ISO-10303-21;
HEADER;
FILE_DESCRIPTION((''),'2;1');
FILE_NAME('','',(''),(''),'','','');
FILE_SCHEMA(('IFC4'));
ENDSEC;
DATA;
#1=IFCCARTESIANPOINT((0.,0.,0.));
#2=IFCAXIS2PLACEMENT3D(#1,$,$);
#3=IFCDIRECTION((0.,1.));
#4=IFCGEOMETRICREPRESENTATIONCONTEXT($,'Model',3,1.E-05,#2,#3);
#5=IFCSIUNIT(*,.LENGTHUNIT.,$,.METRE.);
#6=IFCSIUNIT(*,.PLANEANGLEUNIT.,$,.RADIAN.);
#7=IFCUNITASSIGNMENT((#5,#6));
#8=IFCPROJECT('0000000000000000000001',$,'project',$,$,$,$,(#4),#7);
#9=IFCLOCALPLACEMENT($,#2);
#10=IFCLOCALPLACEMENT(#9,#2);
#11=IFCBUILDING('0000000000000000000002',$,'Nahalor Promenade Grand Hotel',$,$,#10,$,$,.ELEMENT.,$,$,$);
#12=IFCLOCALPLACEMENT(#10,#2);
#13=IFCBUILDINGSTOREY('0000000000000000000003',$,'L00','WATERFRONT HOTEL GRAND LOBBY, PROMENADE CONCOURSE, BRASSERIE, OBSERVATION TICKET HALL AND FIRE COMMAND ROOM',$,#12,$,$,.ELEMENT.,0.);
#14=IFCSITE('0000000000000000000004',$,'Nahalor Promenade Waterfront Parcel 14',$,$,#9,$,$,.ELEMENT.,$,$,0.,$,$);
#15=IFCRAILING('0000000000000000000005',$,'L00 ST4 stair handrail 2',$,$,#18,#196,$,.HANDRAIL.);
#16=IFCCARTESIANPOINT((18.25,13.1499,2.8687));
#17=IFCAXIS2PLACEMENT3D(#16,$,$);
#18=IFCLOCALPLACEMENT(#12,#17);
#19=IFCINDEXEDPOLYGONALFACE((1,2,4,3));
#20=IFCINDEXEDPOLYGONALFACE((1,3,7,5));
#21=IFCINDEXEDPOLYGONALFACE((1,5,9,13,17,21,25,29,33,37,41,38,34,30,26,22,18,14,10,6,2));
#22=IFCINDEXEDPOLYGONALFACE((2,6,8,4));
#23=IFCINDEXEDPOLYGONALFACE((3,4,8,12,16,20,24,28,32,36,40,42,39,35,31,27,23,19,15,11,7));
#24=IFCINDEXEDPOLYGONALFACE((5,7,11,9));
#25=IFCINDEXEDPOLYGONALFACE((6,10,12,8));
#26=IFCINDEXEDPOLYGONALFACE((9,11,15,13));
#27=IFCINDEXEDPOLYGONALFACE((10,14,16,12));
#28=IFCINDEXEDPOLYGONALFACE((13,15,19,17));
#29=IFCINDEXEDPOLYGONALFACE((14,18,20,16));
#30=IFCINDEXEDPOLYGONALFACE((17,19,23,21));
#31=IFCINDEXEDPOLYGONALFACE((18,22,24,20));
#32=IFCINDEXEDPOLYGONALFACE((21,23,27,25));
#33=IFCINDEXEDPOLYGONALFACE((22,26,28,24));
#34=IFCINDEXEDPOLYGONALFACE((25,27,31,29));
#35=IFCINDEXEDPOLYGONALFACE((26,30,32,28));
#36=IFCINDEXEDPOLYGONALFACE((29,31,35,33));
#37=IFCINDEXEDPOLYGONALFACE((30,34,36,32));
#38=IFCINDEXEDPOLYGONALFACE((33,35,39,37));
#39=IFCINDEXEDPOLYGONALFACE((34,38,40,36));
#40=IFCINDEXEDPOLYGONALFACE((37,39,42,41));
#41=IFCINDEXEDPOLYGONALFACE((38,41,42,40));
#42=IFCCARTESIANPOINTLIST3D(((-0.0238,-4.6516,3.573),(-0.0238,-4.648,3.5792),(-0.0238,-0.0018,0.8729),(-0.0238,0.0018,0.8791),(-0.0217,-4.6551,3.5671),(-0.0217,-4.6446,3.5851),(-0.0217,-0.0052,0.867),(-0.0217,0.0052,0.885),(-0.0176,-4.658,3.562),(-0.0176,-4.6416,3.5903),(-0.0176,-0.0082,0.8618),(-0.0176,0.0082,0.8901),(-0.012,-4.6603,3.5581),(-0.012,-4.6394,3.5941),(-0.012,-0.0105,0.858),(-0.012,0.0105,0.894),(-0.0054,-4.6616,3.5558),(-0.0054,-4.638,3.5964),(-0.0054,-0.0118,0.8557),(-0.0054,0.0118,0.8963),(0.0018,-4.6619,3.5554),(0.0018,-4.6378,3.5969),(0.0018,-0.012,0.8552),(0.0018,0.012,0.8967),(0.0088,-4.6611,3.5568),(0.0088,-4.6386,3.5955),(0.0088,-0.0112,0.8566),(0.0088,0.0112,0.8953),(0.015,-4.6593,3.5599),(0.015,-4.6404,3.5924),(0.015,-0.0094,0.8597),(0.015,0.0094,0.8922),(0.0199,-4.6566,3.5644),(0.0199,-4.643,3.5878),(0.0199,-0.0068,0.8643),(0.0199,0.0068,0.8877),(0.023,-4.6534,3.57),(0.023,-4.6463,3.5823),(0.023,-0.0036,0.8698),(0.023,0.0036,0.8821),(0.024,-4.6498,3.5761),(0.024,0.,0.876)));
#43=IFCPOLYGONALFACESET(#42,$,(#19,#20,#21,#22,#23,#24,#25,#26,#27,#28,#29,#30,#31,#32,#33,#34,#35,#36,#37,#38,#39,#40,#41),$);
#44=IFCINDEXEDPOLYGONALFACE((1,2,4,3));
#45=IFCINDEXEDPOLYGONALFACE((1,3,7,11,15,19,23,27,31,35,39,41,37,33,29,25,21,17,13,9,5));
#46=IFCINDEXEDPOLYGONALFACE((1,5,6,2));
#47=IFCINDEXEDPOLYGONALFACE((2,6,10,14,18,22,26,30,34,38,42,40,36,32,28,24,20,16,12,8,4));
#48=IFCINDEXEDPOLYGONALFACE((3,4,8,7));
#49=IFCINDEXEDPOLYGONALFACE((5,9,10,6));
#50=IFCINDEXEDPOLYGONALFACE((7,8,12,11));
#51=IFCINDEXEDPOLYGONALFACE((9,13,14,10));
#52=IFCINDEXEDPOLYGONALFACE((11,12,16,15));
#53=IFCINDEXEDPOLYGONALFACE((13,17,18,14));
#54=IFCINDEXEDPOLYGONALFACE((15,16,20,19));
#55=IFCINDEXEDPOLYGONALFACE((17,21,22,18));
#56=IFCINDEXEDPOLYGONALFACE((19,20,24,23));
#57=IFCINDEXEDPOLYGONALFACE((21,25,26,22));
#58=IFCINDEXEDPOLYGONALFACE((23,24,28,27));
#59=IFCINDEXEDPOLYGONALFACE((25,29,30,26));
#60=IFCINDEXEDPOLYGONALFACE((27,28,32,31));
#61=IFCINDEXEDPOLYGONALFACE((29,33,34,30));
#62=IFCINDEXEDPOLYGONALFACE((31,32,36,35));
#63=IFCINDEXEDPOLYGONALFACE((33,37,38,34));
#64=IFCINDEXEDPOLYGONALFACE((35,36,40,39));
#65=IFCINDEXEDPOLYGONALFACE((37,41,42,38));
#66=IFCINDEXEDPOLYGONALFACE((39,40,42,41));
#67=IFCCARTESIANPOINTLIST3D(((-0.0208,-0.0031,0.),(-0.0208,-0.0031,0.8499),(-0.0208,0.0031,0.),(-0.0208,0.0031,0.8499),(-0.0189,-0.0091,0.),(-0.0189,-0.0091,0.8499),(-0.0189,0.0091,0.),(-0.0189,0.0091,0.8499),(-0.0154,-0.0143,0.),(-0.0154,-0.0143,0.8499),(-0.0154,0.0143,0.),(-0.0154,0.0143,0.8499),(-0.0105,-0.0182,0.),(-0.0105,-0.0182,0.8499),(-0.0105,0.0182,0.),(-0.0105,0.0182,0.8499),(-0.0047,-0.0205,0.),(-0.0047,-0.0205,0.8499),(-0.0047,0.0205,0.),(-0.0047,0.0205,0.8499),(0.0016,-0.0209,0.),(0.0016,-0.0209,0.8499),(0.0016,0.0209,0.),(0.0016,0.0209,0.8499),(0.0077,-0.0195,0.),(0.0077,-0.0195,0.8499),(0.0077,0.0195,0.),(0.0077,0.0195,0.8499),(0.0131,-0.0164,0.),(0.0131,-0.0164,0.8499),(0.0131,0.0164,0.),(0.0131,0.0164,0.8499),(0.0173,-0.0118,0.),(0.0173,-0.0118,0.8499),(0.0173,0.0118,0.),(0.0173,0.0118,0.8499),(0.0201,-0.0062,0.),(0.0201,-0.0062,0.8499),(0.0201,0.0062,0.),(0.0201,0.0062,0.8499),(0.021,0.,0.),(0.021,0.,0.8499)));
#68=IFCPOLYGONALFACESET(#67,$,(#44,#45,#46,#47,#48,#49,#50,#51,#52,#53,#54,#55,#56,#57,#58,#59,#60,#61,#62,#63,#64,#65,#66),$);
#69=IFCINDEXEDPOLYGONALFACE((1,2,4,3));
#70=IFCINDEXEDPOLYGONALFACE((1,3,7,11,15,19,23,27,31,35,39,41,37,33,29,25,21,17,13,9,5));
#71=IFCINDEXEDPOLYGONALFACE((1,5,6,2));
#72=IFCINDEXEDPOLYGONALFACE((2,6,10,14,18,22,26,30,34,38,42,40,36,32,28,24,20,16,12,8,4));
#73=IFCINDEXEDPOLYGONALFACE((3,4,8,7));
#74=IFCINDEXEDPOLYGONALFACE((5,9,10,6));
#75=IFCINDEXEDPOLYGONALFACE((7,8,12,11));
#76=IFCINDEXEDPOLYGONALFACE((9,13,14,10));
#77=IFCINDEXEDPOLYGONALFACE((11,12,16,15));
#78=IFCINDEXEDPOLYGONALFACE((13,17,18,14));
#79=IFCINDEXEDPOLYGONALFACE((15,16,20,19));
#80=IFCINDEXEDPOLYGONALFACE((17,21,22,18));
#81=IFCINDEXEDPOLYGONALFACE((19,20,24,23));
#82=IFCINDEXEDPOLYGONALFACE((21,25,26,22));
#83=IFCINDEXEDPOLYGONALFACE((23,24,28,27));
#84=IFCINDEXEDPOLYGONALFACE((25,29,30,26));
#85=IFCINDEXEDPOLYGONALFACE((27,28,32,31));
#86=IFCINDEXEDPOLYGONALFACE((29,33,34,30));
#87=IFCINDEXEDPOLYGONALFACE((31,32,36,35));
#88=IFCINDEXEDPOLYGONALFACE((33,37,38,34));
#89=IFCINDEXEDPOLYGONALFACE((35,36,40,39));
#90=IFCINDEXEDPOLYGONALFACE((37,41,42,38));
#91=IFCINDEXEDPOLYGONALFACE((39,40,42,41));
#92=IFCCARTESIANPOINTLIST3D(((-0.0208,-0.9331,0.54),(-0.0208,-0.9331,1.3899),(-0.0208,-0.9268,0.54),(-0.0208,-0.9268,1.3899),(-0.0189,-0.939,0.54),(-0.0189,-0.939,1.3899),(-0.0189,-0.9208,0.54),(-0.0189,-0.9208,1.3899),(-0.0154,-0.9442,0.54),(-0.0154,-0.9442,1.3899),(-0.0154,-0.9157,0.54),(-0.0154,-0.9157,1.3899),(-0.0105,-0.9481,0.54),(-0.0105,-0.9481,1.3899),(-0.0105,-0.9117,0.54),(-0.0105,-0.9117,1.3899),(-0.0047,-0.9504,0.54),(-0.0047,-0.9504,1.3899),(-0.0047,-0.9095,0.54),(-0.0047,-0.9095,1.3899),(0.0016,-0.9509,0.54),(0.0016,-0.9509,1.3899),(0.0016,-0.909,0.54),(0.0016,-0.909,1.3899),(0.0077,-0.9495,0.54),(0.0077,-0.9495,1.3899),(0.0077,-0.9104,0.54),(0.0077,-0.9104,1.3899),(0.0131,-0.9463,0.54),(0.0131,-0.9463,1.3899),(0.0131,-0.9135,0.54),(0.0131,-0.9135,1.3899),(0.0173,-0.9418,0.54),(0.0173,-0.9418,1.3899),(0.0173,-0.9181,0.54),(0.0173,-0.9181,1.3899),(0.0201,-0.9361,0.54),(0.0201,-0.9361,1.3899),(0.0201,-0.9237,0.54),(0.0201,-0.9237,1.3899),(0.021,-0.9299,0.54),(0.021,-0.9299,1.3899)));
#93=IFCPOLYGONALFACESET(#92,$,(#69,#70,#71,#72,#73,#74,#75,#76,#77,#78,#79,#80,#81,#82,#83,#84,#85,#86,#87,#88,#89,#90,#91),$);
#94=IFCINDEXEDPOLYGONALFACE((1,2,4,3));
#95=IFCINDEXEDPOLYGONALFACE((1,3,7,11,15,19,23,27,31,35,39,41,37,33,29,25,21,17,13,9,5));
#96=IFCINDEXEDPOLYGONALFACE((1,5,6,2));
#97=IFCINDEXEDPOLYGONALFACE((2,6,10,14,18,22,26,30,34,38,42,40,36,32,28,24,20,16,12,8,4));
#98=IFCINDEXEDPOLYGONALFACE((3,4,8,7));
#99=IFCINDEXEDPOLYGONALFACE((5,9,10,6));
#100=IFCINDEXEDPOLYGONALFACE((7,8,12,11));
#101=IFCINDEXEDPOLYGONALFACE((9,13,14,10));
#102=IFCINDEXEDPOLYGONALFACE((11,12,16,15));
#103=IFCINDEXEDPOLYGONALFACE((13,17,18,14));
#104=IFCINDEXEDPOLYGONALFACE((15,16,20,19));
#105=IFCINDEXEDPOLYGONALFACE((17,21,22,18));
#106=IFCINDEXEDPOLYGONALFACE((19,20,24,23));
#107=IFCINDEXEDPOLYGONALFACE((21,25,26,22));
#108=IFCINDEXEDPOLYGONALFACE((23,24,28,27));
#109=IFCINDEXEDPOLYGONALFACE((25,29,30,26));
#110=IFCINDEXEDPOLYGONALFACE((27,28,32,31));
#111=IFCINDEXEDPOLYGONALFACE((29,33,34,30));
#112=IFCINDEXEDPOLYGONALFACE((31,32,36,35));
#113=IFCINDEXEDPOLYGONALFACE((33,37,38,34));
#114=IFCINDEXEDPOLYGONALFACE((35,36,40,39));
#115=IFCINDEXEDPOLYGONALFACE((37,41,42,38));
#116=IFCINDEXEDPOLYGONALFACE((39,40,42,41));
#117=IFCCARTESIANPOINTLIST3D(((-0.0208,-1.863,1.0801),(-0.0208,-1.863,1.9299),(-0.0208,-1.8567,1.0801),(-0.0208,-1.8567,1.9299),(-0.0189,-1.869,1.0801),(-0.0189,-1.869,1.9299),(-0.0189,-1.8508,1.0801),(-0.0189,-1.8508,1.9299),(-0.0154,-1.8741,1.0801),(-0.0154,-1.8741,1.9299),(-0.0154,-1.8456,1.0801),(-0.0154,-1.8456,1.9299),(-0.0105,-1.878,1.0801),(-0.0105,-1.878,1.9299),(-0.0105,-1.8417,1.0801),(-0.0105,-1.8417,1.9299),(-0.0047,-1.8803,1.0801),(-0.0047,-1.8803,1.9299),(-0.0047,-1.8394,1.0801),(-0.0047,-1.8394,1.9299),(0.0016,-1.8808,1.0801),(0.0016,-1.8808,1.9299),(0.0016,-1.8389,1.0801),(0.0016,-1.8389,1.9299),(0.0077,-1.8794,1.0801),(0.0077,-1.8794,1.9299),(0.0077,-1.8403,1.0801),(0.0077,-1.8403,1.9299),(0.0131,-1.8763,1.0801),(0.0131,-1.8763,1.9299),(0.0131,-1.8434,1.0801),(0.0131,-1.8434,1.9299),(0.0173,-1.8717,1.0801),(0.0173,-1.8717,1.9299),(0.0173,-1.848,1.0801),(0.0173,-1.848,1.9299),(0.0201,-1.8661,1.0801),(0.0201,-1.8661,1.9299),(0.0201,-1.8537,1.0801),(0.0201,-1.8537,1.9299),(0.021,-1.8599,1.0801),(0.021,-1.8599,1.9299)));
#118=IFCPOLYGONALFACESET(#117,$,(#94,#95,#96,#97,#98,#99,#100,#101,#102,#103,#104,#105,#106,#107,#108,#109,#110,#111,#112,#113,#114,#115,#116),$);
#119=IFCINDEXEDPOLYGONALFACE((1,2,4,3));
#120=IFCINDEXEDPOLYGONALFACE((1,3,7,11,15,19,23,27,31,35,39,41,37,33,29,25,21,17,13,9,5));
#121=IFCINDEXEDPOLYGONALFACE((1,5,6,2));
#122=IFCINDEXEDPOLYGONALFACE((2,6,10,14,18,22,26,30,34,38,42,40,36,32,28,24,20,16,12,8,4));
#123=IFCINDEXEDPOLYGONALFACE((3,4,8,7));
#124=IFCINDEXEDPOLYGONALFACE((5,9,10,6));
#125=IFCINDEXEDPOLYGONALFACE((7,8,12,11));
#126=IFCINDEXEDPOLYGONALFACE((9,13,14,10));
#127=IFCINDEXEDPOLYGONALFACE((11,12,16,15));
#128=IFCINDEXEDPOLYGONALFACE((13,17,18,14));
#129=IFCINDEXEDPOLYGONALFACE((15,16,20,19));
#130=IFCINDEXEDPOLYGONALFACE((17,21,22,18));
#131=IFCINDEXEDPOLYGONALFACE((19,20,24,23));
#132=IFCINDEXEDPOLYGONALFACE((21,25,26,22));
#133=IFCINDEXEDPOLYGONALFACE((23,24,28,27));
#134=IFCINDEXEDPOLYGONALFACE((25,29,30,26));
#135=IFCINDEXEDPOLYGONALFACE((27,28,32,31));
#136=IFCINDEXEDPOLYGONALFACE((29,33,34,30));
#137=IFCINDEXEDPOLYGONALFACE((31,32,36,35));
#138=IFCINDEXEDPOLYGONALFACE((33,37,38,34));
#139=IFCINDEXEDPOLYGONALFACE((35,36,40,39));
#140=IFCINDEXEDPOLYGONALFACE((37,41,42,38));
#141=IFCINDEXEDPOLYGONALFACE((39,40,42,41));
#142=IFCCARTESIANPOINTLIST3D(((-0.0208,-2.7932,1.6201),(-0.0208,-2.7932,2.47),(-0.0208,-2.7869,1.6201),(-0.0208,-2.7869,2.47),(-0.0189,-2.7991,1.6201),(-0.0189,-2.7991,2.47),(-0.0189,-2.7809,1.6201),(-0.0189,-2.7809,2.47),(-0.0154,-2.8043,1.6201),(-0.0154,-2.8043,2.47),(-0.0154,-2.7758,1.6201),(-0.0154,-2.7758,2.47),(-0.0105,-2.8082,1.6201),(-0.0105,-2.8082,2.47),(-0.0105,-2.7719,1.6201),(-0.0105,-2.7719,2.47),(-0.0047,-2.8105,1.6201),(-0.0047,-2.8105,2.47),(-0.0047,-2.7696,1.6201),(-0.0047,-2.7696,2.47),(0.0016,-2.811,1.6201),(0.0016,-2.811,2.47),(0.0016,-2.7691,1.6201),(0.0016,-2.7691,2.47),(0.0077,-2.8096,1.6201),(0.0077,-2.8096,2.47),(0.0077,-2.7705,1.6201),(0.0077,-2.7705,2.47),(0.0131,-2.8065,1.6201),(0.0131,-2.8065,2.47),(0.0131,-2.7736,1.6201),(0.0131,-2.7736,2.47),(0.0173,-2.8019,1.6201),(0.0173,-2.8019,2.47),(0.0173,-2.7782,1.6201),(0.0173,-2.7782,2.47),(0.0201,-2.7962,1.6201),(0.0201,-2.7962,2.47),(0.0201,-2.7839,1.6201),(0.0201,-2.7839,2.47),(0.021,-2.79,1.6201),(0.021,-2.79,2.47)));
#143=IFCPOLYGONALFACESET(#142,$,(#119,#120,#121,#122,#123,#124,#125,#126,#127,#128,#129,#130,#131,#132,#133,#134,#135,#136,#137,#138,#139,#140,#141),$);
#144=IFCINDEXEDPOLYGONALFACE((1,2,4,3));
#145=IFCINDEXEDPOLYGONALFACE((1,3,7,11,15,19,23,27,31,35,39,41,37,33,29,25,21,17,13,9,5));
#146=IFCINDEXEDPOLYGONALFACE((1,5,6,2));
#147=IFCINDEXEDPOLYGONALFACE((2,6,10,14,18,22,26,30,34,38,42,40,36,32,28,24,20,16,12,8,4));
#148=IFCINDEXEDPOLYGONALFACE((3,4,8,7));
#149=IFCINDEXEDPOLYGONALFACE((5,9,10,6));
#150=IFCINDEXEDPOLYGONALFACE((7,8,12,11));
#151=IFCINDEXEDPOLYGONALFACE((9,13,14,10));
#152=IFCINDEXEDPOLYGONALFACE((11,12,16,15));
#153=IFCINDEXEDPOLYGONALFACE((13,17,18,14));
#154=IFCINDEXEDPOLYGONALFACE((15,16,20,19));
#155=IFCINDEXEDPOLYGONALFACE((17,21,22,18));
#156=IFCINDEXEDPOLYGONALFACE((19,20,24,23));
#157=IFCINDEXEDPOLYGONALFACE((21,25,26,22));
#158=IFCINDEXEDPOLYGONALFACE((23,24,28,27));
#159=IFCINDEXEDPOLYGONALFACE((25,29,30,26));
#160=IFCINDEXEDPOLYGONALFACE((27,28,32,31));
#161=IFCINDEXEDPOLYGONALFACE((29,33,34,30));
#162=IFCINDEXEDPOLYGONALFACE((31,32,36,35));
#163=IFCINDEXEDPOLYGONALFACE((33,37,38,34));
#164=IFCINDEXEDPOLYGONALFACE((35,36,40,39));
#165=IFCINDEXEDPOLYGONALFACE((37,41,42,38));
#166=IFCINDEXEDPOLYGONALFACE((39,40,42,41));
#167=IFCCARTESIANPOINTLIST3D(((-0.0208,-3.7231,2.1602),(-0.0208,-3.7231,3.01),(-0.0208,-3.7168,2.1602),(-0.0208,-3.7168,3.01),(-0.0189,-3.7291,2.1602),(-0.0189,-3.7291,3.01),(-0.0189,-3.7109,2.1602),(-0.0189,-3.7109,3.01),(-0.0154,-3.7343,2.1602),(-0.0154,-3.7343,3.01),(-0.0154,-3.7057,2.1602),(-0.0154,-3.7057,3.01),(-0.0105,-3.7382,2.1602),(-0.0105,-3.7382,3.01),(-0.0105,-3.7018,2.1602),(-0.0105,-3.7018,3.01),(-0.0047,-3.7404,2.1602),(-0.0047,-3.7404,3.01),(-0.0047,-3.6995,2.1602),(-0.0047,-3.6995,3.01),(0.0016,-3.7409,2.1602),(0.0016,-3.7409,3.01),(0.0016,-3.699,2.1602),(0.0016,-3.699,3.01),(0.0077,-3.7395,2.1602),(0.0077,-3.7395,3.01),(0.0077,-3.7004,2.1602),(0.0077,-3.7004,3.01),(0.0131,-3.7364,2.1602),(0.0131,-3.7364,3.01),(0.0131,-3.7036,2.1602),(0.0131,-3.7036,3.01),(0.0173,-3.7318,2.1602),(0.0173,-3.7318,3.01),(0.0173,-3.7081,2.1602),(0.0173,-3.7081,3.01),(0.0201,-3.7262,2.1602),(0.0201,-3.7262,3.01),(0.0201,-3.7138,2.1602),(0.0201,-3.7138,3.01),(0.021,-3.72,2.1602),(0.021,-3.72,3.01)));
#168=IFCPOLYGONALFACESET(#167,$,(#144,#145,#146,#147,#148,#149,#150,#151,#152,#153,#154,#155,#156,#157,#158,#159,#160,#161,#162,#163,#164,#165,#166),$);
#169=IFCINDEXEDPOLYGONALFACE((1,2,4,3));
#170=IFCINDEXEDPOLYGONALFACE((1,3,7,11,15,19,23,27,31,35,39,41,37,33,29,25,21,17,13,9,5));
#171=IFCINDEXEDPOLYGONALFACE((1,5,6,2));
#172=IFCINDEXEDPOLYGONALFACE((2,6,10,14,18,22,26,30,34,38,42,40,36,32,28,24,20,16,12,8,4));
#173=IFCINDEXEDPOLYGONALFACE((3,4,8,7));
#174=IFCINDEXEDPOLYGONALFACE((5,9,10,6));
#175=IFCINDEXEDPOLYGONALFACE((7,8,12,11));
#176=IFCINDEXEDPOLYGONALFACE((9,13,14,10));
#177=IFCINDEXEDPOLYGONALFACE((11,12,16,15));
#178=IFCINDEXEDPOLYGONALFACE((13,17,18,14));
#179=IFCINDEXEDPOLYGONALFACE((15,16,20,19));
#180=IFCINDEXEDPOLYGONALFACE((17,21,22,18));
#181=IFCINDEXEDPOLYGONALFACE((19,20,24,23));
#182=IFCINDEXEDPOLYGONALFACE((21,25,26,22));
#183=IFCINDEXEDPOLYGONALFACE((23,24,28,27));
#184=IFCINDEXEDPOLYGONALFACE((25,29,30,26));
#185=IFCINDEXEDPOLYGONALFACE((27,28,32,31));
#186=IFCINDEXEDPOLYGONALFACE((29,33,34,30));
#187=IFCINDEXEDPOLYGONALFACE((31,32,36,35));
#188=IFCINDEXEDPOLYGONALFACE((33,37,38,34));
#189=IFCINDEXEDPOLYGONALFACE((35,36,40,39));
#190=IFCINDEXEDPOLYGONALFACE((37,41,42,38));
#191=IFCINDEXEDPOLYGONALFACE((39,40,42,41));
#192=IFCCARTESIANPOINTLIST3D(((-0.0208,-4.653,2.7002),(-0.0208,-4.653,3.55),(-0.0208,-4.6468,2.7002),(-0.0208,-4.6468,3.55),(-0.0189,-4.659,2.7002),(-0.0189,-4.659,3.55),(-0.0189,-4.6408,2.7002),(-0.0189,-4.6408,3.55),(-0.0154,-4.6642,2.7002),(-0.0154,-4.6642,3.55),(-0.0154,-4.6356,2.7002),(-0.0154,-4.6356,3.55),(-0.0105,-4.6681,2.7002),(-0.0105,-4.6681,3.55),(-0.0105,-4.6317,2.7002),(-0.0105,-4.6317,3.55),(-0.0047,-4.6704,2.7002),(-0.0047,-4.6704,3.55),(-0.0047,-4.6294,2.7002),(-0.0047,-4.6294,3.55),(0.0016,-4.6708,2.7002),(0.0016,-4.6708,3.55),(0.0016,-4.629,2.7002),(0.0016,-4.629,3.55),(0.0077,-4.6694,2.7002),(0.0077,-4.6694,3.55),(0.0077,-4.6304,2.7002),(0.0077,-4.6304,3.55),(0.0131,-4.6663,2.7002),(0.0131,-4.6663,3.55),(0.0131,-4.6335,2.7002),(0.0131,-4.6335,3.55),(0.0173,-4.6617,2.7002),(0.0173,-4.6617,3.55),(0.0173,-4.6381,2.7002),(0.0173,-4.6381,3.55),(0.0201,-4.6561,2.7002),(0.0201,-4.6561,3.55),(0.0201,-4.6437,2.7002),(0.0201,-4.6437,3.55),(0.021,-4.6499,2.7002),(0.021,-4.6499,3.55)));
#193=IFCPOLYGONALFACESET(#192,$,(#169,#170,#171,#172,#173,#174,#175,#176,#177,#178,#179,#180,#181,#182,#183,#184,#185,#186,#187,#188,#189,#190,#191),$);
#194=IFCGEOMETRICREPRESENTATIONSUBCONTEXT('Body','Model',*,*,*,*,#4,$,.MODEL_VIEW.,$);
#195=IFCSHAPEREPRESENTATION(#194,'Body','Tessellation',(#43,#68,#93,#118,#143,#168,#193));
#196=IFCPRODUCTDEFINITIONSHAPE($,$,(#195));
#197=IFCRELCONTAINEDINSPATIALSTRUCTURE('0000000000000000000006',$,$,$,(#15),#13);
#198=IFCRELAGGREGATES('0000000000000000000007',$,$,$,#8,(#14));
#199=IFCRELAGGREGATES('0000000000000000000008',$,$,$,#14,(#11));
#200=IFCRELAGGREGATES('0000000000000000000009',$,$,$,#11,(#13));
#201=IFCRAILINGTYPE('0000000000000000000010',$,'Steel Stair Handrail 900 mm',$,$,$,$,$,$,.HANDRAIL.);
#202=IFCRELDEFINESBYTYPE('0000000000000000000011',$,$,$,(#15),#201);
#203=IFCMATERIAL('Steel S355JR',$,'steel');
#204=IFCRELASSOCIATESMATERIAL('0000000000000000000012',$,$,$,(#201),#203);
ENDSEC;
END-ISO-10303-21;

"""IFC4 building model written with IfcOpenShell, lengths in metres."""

from ifc_helpers import new_model, si_unit, direction, frame, origin, origin_2d, place, context, subcontext, project, spatial, circle, extrude, material, type_object, element, save


model = new_model("IFC4")

# Units and contexts
model_context = context("Model", 3, precision=1e-05, world=origin(), true_north=direction((0.0, 1.0)))
body_context = subcontext(model_context, "Body", "Model", "MODEL_VIEW")
ifc_project = project(units=[si_unit("LENGTHUNIT", "METRE"), si_unit("PLANEANGLEUNIT", "RADIAN")], contexts=[model_context])

# Site, building, storey
site_placement = place(None, origin())
site = spatial("IfcSite", under=ifc_project, at=site_placement, Name="Nahalor Promenade Waterfront Parcel 14", CompositionType="ELEMENT", RefElevation=0.0)
building_placement = place(site_placement, origin())
building = spatial("IfcBuilding", under=site, at=building_placement, Name="Nahalor Promenade Grand Hotel", CompositionType="ELEMENT")
storey_placement = place(building_placement, origin())
storey = spatial("IfcBuildingStorey", under=building, at=storey_placement, Name="L00", Description="WATERFRONT HOTEL GRAND LOBBY, PROMENADE CONCOURSE, BRASSERIE, OBSERVATION TICKET HALL AND FIRE COMMAND ROOM", CompositionType="ELEMENT", Elevation=0.0)

# Shared definitions
ifc_material_1 = material(Name="Steel S355JR", Category="steel")

# Railing
railing_type_1 = type_object("IfcRailingType", Name="Steel Stair Handrail 900 mm", PredefinedType="HANDRAIL", material=ifc_material_1)
railing_1_placement = place(storey_placement, frame((18.25, 13.1499, 2.8687)))
element("IfcRailing", 1, at=railing_1_placement, inside=storey, type_object=railing_type_1, Name="L00 ST4 stair handrail 2", PredefinedType="HANDRAIL", context=body_context, shape_type="SweptSolid", body=[
    extrude(circle(Radius=0.024, at=origin_2d()), frame((0.0, 0.0, 0.876), z_axis=(0.0, -0.864769, 0.502171), x_axis=(1.0, 0.0, 0.0)), (0.0, 0.0, 1.0), 5.377),
    extrude(circle(Radius=0.021, at=origin_2d()), origin(), (0.0, 0.0, 1.0), 0.8499),
    extrude(circle(Radius=0.021, at=origin_2d()), frame((0.0, -0.9299, 0.54)), (0.0, 0.0, 1.0), 0.8499),
    extrude(circle(Radius=0.021, at=origin_2d()), frame((0.0, -1.8599, 1.0801)), (0.0, 0.0, 1.0), 0.8499),
    extrude(circle(Radius=0.021, at=origin_2d()), frame((0.0, -2.79, 1.6201)), (0.0, 0.0, 1.0), 0.8499),
    extrude(circle(Radius=0.021, at=origin_2d()), frame((0.0, -3.72, 2.1602)), (0.0, 0.0, 1.0), 0.8499),
    extrude(circle(Radius=0.021, at=origin_2d()), frame((0.0, -4.6499, 2.7002)), (0.0, 0.0, 1.0), 0.8499),
])

save(model, "model.ifc")
